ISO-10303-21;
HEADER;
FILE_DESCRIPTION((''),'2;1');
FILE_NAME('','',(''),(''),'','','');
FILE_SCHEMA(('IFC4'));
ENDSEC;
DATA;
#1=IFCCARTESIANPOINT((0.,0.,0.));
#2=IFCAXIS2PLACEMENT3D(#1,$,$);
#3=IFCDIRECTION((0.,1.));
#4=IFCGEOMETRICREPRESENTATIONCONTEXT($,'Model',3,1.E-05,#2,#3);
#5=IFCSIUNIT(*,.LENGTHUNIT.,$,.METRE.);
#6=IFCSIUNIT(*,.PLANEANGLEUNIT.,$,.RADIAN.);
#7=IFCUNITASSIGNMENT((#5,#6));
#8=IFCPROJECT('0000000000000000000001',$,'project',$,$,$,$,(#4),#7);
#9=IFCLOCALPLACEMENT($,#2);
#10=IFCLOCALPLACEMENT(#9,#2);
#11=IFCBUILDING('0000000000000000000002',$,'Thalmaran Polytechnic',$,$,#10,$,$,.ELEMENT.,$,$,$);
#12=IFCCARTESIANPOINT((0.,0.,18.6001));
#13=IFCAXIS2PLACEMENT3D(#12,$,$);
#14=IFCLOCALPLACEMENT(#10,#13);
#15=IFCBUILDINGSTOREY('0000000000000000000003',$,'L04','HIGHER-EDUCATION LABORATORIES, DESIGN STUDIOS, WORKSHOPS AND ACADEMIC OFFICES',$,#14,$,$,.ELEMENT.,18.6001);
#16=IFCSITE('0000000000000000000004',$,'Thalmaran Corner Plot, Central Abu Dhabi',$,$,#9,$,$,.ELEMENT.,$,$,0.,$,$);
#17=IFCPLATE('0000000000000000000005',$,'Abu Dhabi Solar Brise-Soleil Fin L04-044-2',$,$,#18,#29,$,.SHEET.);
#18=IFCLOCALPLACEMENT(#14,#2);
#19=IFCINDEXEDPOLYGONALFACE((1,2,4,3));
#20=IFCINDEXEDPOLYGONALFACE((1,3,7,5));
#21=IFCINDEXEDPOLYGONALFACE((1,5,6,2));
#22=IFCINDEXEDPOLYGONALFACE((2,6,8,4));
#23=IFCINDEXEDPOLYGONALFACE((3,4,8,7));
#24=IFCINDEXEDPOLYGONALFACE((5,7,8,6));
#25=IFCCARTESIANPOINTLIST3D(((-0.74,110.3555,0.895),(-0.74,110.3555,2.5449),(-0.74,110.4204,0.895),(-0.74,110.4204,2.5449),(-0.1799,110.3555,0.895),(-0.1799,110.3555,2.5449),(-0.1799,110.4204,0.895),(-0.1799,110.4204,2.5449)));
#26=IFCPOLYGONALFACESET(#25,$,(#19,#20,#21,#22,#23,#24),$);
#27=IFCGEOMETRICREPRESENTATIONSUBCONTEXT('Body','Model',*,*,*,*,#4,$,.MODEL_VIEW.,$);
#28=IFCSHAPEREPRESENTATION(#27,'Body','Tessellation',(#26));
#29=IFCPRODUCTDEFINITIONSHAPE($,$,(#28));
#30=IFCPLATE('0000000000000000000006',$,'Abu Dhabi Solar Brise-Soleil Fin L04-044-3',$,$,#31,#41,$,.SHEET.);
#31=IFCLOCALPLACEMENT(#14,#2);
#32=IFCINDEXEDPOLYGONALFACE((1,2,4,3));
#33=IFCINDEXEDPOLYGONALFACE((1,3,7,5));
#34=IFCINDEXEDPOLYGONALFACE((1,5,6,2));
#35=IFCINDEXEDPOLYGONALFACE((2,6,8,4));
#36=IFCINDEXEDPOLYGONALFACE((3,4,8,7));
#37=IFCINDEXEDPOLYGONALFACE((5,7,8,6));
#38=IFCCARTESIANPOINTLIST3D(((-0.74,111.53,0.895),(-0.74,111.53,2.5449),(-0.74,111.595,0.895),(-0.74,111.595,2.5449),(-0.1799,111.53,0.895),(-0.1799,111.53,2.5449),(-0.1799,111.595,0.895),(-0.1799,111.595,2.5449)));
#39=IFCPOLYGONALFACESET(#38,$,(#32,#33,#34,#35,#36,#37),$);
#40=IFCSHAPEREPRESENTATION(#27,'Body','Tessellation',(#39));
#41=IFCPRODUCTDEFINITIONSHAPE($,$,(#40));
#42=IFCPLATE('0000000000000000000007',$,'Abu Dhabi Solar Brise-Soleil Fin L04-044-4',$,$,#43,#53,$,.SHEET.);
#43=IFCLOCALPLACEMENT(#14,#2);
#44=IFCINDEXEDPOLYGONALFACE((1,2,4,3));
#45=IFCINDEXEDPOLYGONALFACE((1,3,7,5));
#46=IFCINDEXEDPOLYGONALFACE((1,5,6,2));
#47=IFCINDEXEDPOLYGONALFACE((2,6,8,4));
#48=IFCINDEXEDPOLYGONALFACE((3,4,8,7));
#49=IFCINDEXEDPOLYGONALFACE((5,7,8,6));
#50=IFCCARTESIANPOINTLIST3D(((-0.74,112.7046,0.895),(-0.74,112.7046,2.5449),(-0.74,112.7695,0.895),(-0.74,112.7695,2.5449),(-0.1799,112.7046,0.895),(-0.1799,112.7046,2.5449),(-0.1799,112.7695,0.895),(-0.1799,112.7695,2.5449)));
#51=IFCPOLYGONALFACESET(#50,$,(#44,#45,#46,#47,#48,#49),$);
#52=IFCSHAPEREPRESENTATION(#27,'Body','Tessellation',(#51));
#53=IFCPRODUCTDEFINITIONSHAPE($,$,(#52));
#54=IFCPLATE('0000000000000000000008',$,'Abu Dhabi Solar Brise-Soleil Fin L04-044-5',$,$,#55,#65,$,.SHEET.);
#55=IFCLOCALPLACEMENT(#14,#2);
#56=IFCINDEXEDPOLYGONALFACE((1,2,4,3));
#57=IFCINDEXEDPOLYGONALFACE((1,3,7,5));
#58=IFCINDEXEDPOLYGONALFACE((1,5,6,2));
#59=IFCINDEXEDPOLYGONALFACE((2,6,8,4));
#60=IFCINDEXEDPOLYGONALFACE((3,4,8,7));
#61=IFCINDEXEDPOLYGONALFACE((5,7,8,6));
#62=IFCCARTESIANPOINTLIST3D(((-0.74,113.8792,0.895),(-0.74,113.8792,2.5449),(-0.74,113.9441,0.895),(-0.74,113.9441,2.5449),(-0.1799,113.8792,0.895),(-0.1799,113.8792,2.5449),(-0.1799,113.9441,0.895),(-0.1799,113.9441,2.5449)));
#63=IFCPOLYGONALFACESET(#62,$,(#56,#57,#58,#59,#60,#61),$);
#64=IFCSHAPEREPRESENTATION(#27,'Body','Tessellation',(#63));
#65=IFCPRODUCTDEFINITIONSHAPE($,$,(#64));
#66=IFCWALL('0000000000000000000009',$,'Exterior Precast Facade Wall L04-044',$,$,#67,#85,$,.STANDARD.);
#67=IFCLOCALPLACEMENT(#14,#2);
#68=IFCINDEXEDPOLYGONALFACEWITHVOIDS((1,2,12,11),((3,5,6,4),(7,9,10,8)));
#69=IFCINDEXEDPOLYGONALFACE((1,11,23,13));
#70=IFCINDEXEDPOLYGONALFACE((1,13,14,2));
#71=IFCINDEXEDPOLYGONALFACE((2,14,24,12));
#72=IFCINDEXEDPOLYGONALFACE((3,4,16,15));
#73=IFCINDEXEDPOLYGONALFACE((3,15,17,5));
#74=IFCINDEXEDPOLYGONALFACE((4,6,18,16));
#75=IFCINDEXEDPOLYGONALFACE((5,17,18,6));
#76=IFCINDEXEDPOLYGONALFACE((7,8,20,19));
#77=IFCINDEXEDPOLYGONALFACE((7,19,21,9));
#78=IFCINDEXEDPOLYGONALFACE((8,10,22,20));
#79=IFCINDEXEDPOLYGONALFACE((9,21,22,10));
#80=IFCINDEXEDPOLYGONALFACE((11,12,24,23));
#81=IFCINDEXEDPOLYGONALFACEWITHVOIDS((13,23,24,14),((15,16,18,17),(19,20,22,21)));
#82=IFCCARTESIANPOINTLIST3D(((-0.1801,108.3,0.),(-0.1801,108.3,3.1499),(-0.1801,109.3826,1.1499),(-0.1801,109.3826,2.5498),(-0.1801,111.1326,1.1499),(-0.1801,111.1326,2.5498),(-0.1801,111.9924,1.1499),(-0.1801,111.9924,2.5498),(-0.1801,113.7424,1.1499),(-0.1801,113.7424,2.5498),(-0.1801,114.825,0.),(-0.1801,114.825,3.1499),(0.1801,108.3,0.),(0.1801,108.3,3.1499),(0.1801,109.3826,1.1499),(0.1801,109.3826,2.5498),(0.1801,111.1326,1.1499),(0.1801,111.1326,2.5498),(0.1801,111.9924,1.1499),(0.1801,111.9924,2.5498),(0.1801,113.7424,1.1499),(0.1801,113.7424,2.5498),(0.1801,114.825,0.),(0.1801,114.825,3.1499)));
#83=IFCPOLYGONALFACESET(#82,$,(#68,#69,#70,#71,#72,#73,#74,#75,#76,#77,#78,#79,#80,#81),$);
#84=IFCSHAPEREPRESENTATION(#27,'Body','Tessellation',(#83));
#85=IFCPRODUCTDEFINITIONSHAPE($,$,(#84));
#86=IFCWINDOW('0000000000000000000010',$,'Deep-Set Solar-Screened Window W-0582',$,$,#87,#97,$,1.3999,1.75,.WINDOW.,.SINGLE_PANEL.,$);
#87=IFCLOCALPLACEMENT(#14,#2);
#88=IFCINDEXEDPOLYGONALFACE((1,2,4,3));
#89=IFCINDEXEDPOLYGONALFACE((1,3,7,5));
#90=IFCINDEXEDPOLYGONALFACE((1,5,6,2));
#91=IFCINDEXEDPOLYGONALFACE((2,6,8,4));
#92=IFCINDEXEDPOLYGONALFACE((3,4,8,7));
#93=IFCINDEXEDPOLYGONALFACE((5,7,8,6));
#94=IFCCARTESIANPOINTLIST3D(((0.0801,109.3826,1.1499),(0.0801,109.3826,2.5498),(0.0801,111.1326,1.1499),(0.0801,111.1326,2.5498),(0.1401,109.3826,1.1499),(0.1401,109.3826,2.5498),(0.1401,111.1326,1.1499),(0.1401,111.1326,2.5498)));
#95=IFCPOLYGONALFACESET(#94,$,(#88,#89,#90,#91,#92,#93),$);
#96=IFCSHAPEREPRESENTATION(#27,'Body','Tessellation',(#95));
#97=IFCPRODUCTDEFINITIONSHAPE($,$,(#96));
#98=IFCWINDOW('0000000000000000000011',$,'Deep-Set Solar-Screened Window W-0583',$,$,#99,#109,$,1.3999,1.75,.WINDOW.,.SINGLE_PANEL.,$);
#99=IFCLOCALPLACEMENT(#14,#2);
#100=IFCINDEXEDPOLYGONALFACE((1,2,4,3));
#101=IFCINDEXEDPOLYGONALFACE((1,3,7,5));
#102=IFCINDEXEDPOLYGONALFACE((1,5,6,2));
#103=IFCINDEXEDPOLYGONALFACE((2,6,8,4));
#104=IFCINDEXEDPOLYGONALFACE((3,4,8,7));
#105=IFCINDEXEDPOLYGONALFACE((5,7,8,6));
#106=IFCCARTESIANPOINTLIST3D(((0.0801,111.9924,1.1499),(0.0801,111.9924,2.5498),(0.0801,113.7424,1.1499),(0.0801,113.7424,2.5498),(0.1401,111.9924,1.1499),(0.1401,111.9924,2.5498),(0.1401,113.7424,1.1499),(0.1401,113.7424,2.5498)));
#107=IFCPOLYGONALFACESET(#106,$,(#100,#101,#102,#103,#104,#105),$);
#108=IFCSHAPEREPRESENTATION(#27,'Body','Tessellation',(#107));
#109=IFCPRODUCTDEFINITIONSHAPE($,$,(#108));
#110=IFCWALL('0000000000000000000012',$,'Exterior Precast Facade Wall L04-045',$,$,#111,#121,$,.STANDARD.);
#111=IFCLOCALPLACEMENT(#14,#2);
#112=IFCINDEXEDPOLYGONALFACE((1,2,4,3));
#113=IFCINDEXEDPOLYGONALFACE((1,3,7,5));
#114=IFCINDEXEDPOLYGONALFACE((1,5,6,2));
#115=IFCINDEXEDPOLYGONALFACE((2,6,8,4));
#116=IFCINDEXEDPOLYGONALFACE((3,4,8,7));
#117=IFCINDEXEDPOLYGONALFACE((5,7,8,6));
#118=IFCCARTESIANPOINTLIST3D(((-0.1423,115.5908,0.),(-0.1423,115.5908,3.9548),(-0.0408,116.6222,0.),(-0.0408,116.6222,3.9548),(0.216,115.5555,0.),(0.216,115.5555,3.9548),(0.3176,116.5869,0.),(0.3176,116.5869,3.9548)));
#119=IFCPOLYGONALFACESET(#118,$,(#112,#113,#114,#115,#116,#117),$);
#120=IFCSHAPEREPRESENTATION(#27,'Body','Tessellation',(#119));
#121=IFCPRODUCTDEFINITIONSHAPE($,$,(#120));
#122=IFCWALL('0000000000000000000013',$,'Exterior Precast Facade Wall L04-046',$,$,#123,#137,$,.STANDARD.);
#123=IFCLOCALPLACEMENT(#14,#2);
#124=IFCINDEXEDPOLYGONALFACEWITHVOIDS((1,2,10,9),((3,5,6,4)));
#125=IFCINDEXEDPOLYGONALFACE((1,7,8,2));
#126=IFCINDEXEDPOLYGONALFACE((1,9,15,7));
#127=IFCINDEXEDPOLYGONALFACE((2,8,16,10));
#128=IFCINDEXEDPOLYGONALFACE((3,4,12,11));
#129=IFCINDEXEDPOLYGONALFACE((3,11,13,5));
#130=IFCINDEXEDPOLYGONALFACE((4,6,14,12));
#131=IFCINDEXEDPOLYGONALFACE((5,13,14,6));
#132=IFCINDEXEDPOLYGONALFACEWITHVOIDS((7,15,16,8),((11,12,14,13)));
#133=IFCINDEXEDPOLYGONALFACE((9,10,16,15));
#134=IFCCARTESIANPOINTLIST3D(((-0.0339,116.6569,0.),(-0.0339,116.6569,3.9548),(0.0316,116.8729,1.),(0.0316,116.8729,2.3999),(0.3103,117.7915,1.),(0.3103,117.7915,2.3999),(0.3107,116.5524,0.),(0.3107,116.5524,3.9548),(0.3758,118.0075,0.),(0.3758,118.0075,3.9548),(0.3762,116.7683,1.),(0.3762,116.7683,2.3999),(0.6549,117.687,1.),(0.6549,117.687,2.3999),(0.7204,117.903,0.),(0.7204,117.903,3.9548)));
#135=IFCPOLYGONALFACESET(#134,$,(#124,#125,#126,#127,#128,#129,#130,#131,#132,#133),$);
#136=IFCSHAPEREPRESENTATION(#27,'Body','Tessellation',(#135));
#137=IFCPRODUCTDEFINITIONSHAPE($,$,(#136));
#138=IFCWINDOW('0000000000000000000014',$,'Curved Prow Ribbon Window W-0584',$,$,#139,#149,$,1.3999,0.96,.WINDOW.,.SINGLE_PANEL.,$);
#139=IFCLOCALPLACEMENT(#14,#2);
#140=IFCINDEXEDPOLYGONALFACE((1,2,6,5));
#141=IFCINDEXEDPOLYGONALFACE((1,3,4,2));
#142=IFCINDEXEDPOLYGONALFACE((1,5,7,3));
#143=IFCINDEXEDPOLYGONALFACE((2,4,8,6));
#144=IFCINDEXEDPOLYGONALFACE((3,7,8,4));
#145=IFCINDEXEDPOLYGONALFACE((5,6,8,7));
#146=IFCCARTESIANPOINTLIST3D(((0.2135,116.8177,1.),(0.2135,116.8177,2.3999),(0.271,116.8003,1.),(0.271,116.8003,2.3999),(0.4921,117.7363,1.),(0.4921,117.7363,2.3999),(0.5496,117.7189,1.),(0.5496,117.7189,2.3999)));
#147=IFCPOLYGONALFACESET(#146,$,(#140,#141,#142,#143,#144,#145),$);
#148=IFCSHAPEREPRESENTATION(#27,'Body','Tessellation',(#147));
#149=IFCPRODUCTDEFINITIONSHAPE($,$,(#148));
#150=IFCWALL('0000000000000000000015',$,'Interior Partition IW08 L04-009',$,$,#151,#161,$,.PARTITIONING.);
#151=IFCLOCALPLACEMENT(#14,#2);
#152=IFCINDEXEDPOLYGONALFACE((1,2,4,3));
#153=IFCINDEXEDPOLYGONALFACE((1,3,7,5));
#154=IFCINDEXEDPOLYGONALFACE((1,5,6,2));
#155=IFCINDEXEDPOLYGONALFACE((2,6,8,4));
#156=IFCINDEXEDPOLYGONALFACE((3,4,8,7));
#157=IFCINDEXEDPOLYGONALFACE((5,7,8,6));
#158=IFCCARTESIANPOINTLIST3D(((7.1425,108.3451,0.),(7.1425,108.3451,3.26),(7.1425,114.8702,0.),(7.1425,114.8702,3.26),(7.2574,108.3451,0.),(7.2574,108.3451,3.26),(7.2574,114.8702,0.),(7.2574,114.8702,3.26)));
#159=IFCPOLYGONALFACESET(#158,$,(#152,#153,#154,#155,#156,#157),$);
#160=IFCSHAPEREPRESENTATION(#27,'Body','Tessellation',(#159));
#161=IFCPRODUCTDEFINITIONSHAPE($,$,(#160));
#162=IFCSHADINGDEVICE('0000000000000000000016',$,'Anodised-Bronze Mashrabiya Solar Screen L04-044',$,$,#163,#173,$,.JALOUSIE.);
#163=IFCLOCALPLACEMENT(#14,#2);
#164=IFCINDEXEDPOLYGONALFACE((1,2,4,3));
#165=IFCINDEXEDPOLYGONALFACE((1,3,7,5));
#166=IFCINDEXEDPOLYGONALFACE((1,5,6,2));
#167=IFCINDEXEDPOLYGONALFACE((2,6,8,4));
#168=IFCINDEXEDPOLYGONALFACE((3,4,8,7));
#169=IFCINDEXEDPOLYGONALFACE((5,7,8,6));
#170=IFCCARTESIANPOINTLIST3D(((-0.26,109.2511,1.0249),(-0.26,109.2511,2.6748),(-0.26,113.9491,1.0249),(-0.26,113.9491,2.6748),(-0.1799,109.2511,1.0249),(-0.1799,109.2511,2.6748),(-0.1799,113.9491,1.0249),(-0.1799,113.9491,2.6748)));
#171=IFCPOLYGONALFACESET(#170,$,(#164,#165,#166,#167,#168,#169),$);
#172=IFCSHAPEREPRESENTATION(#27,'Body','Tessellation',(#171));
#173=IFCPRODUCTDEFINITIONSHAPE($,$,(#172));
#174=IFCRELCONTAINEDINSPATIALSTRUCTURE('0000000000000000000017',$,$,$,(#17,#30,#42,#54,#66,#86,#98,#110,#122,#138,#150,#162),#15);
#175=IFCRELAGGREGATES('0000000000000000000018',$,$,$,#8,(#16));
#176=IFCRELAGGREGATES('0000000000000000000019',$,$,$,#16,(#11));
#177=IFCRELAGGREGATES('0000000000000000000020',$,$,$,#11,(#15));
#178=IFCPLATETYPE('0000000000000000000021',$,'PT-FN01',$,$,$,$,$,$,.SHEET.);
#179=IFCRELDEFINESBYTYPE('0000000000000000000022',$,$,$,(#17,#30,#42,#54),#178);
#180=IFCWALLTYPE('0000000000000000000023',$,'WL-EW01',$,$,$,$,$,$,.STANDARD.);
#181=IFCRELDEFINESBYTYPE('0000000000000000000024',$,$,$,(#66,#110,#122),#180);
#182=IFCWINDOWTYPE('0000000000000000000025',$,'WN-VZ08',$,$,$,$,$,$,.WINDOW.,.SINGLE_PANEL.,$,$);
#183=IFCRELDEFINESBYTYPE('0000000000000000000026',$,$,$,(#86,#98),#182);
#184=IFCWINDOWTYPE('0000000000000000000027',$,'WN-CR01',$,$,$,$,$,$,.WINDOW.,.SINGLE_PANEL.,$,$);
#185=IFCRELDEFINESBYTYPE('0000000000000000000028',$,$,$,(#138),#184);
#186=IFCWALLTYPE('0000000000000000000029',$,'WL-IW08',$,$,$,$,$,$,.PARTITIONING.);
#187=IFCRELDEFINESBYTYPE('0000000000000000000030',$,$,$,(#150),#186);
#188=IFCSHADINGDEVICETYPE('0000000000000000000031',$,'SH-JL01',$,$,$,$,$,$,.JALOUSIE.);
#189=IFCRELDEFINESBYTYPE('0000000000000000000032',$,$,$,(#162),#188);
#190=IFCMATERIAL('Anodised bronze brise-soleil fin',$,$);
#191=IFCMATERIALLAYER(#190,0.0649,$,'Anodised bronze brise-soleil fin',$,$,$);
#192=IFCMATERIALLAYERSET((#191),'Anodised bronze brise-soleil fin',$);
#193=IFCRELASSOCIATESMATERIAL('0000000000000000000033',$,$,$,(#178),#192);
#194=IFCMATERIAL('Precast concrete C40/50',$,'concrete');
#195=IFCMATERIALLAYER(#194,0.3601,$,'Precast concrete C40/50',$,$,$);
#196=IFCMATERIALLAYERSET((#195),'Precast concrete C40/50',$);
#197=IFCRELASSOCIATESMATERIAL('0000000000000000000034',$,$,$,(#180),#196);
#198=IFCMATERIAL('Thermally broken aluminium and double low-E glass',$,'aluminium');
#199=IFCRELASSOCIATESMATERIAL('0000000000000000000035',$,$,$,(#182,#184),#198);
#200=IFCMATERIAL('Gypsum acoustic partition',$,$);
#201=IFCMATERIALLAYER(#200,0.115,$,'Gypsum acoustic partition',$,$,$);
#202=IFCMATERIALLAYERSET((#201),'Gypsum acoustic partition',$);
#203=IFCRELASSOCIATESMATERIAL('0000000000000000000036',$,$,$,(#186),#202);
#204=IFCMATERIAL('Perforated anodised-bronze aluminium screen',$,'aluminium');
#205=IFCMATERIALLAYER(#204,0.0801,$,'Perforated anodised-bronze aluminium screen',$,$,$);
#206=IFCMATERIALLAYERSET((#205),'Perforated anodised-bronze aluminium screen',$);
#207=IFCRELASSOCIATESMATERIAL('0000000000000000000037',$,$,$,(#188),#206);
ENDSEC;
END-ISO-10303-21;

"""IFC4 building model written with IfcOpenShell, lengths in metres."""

from ifc_helpers import new_model, si_unit, direction, frame, frame_2d, origin, origin_2d, place, context, subcontext, project, spatial, rectangle, extrude, material, layer, layer_set, type_object, element, fill, save


model = new_model("IFC4")

# Units and contexts
model_context = context("Model", 3, precision=1e-05, world=origin(), true_north=direction((0.0, 1.0)))
body_context = subcontext(model_context, "Body", "Model", "MODEL_VIEW")
ifc_project = project(units=[si_unit("LENGTHUNIT", "METRE"), si_unit("PLANEANGLEUNIT", "RADIAN")], contexts=[model_context])

# Site, building, storey
site_placement = place(None, origin())
site = spatial("IfcSite", under=ifc_project, at=site_placement, Name="Thalmaran Corner Plot, Central Abu Dhabi", CompositionType="ELEMENT", RefElevation=0.0)
building_placement = place(site_placement, origin())
building = spatial("IfcBuilding", under=site, at=building_placement, Name="Thalmaran Polytechnic", CompositionType="ELEMENT")
storey_placement = place(building_placement, frame((0.0, 0.0, 18.6001)))
storey = spatial("IfcBuildingStorey", under=building, at=storey_placement, Name="L04", Description="HIGHER-EDUCATION LABORATORIES, DESIGN STUDIOS, WORKSHOPS AND ACADEMIC OFFICES", CompositionType="ELEMENT", Elevation=18.6001)

# Plates
ifc_material_1 = material(Name="Anodised bronze brise-soleil fin")
ifc_layer_1 = layer(ifc_material_1, 0.0649, Name="Anodised bronze brise-soleil fin")
ifc_layer_set_1 = layer_set([ifc_layer_1], Name="Anodised bronze brise-soleil fin")
plate_type_1 = type_object("IfcPlateType", Name="PT-FN01", PredefinedType="SHEET", material=ifc_layer_set_1)
for number, where, z_axis, x_axis, name in (
    (1, (-0.46, 110.3879, 0.895), (0.0, 0.0, 1.0), (0.0, 1.0, 0.0), "Abu Dhabi Solar Brise-Soleil Fin L04-044-2"),
    (2, (-0.46, 111.5625, 0.895), (0.0, 0.0, 1.0), (0.0, 1.0, 0.0), "Abu Dhabi Solar Brise-Soleil Fin L04-044-3"),
    (3, (-0.46, 112.7371, 0.895), (0.0, 0.0, 1.0), (0.0, 1.0, 0.0), "Abu Dhabi Solar Brise-Soleil Fin L04-044-4"),
    (4, (-0.46, 113.9116, 0.895), (0.0, 0.0, 1.0), (0.0, 1.0, 0.0), "Abu Dhabi Solar Brise-Soleil Fin L04-044-5"),
):
    element("IfcPlate", number, at=place(storey_placement, frame(where, z_axis=z_axis, x_axis=x_axis)), inside=storey, type_object=plate_type_1, Name=name, PredefinedType="SHEET", context=body_context, shape_type="SweptSolid", body=[
        extrude(rectangle(XDim=0.0649, YDim=0.5601, at=origin_2d()), origin(), (0.0, 0.0, 1.0), 1.6499),
    ])

# Wall, openings, windows
ifc_material_2 = material(Name="Precast concrete C40/50", Category="concrete")
ifc_layer_2 = layer(ifc_material_2, 0.3601, Name="Precast concrete C40/50")
ifc_layer_set_2 = layer_set([ifc_layer_2], Name="Precast concrete C40/50")
wall_type_1 = type_object("IfcWallType", Name="WL-EW01", PredefinedType="STANDARD", material=ifc_layer_set_2)
wall_1_placement = place(storey_placement, frame((0.0, 108.3, 0.0), z_axis=(0.0, 0.0, 1.0), x_axis=(0.0, 1.0, 0.0)))
wall_1 = element("IfcWall", 5, at=wall_1_placement, inside=storey, type_object=wall_type_1, Name="Exterior Precast Facade Wall L04-044", PredefinedType="STANDARD", context=body_context, shape_type="SweptSolid", body=[
    extrude(rectangle(XDim=6.5249, YDim=0.3601, at=frame_2d((3.2625, 0.0))), origin(), (0.0, 0.0, 1.0), 3.1499),
])
opening_1_placement = place(wall_1_placement, frame((1.0825, 0.0, 1.1499)))
opening_1 = element("IfcOpeningElement", 6, at=opening_1_placement, cuts=wall_1, PredefinedType="OPENING", context=body_context, shape_type="SweptSolid", body=[
    extrude(rectangle(XDim=1.75, YDim=1.3999, at=frame_2d((0.875, 0.7))), frame((0.0, 0.1899, 0.0), z_axis=(0.0, -1.0, 0.0), x_axis=(1.0, 0.0, 0.0)), (0.0, 0.0, 1.0), 0.3801),
])
opening_2_placement = place(wall_1_placement, frame((3.6924, 0.0, 1.1499)))
opening_2 = element("IfcOpeningElement", 7, at=opening_2_placement, cuts=wall_1, PredefinedType="OPENING", context=body_context, shape_type="SweptSolid", body=[
    extrude(rectangle(XDim=1.75, YDim=1.3999, at=frame_2d((0.875, 0.7))), frame((0.0, 0.1899, 0.0), z_axis=(0.0, -1.0, 0.0), x_axis=(1.0, 0.0, 0.0)), (0.0, 0.0, 1.0), 0.3801),
])
ifc_material_3 = material(Name="Thermally broken aluminium and double low-E glass", Category="aluminium")
window_type_1 = type_object("IfcWindowType", Name="WN-VZ08", PartitioningType="SINGLE_PANEL", PredefinedType="WINDOW", material=ifc_material_3)
window_1_placement = place(opening_1_placement, origin())
window_1 = element("IfcWindow", 8, at=window_1_placement, inside=storey, type_object=window_type_1, Name="Deep-Set Solar-Screened Window W-0582", OverallHeight=1.3999, OverallWidth=1.75, PartitioningType="SINGLE_PANEL", PredefinedType="WINDOW", context=body_context, shape_type="SweptSolid", body=[
    extrude(rectangle(XDim=1.75, YDim=1.3999, at=frame_2d((0.875, 0.7))), frame((0.0, -0.0801, 0.0), z_axis=(0.0, -1.0, 0.0), x_axis=(1.0, 0.0, 0.0)), (0.0, 0.0, 1.0), 0.0601),
])
fill(opening_1, window_1)
window_2_placement = place(opening_2_placement, origin())
window_2 = element("IfcWindow", 9, at=window_2_placement, inside=storey, type_object=window_type_1, Name="Deep-Set Solar-Screened Window W-0583", OverallHeight=1.3999, OverallWidth=1.75, PartitioningType="SINGLE_PANEL", PredefinedType="WINDOW", context=body_context, shape_type="SweptSolid", body=[
    extrude(rectangle(XDim=1.75, YDim=1.3999, at=frame_2d((0.875, 0.7))), frame((0.0, -0.0801, 0.0), z_axis=(0.0, -1.0, 0.0), x_axis=(1.0, 0.0, 0.0)), (0.0, 0.0, 1.0), 0.0601),
])
fill(opening_2, window_2)

# Wall
wall_2_placement = place(storey_placement, frame((0.0369, 115.5732, 0.0), z_axis=(0.0, 0.0, 1.0), x_axis=(0.097988, 0.995188, 0.0)))
element("IfcWall", 10, at=wall_2_placement, inside=storey, type_object=wall_type_1, Name="Exterior Precast Facade Wall L04-045", PredefinedType="STANDARD", context=body_context, shape_type="SweptSolid", body=[
    extrude(rectangle(XDim=1.0364, YDim=0.3601, at=frame_2d((0.5181, 0.0))), origin(), (0.0, 0.0, 1.0), 3.9548),
])

# Wall, opening, window
wall_3_placement = place(storey_placement, frame((0.1384, 116.6047, 0.0), z_axis=(0.0, 0.0, 1.0), x_axis=(0.290267, 0.956946, 0.0)))
wall_3 = element("IfcWall", 11, at=wall_3_placement, inside=storey, type_object=wall_type_1, Name="Exterior Precast Facade Wall L04-046", PredefinedType="STANDARD", context=body_context, shape_type="SweptSolid", body=[
    extrude(rectangle(XDim=1.4114, YDim=0.3601, at=frame_2d((0.7056, 0.0))), origin(), (0.0, 0.0, 1.0), 3.9548),
])
opening_3_placement = place(wall_3_placement, frame((0.2256, 0.0, 1.0)))
opening_3 = element("IfcOpeningElement", 12, at=opening_3_placement, cuts=wall_3, PredefinedType="OPENING", context=body_context, shape_type="SweptSolid", body=[
    extrude(rectangle(XDim=0.96, YDim=1.3999, at=frame_2d((0.48, 0.7))), frame((0.0, 0.1899, 0.0), z_axis=(0.0, -1.0, 0.0), x_axis=(1.0, 0.0, 0.0)), (0.0, 0.0, 1.0), 0.3801),
])
window_type_2 = type_object("IfcWindowType", Name="WN-CR01", PartitioningType="SINGLE_PANEL", PredefinedType="WINDOW", material=ifc_material_3)
window_3_placement = place(opening_3_placement, origin())
window_3 = element("IfcWindow", 13, at=window_3_placement, inside=storey, type_object=window_type_2, Name="Curved Prow Ribbon Window W-0584", OverallHeight=1.3999, OverallWidth=0.96, PartitioningType="SINGLE_PANEL", PredefinedType="WINDOW", context=body_context, shape_type="SweptSolid", body=[
    extrude(rectangle(XDim=0.96, YDim=1.3999, at=frame_2d((0.48, 0.7))), frame((0.0, -0.01, 0.0), z_axis=(0.0, -1.0, 0.0), x_axis=(1.0, 0.0, 0.0)), (0.0, 0.0, 1.0), 0.0601),
])
fill(opening_3, window_3)

# Wall
ifc_material_4 = material(Name="Gypsum acoustic partition")
ifc_layer_3 = layer(ifc_material_4, 0.115, Name="Gypsum acoustic partition")
ifc_layer_set_3 = layer_set([ifc_layer_3], Name="Gypsum acoustic partition")
wall_type_2 = type_object("IfcWallType", Name="WL-IW08", PredefinedType="PARTITIONING", material=ifc_layer_set_3)
wall_4_placement = place(storey_placement, frame((7.2, 108.345, 0.0), z_axis=(0.0, 0.0, 1.0), x_axis=(0.0, 1.0, 0.0)))
element("IfcWall", 14, at=wall_4_placement, inside=storey, type_object=wall_type_2, Name="Interior Partition IW08 L04-009", PredefinedType="PARTITIONING", context=body_context, shape_type="SweptSolid", body=[
    extrude(rectangle(XDim=6.5251, YDim=0.115, at=frame_2d((3.2627, 0.0))), origin(), (0.0, 0.0, 1.0), 3.26),
])

# Shading device
ifc_material_5 = material(Name="Perforated anodised-bronze aluminium screen", Category="aluminium")
ifc_layer_4 = layer(ifc_material_5, 0.0801, Name="Perforated anodised-bronze aluminium screen")
ifc_layer_set_4 = layer_set([ifc_layer_4], Name="Perforated anodised-bronze aluminium screen")
shading_device_type = type_object("IfcShadingDeviceType", Name="SH-JL01", PredefinedType="JALOUSIE", material=ifc_layer_set_4)
shading_device_placement = place(storey_placement, frame((-0.22, 111.6001, 1.0249), z_axis=(0.0, 0.0, 1.0), x_axis=(0.0, 1.0, 0.0)))
element("IfcShadingDevice", 15, at=shading_device_placement, inside=storey, type_object=shading_device_type, Name="Anodised-Bronze Mashrabiya Solar Screen L04-044", PredefinedType="JALOUSIE", context=body_context, shape_type="SweptSolid", body=[
    extrude(rectangle(XDim=4.698, YDim=0.0801, at=origin_2d()), origin(), (0.0, 0.0, 1.0), 1.6499),
])

save(model, "model.ifc")
